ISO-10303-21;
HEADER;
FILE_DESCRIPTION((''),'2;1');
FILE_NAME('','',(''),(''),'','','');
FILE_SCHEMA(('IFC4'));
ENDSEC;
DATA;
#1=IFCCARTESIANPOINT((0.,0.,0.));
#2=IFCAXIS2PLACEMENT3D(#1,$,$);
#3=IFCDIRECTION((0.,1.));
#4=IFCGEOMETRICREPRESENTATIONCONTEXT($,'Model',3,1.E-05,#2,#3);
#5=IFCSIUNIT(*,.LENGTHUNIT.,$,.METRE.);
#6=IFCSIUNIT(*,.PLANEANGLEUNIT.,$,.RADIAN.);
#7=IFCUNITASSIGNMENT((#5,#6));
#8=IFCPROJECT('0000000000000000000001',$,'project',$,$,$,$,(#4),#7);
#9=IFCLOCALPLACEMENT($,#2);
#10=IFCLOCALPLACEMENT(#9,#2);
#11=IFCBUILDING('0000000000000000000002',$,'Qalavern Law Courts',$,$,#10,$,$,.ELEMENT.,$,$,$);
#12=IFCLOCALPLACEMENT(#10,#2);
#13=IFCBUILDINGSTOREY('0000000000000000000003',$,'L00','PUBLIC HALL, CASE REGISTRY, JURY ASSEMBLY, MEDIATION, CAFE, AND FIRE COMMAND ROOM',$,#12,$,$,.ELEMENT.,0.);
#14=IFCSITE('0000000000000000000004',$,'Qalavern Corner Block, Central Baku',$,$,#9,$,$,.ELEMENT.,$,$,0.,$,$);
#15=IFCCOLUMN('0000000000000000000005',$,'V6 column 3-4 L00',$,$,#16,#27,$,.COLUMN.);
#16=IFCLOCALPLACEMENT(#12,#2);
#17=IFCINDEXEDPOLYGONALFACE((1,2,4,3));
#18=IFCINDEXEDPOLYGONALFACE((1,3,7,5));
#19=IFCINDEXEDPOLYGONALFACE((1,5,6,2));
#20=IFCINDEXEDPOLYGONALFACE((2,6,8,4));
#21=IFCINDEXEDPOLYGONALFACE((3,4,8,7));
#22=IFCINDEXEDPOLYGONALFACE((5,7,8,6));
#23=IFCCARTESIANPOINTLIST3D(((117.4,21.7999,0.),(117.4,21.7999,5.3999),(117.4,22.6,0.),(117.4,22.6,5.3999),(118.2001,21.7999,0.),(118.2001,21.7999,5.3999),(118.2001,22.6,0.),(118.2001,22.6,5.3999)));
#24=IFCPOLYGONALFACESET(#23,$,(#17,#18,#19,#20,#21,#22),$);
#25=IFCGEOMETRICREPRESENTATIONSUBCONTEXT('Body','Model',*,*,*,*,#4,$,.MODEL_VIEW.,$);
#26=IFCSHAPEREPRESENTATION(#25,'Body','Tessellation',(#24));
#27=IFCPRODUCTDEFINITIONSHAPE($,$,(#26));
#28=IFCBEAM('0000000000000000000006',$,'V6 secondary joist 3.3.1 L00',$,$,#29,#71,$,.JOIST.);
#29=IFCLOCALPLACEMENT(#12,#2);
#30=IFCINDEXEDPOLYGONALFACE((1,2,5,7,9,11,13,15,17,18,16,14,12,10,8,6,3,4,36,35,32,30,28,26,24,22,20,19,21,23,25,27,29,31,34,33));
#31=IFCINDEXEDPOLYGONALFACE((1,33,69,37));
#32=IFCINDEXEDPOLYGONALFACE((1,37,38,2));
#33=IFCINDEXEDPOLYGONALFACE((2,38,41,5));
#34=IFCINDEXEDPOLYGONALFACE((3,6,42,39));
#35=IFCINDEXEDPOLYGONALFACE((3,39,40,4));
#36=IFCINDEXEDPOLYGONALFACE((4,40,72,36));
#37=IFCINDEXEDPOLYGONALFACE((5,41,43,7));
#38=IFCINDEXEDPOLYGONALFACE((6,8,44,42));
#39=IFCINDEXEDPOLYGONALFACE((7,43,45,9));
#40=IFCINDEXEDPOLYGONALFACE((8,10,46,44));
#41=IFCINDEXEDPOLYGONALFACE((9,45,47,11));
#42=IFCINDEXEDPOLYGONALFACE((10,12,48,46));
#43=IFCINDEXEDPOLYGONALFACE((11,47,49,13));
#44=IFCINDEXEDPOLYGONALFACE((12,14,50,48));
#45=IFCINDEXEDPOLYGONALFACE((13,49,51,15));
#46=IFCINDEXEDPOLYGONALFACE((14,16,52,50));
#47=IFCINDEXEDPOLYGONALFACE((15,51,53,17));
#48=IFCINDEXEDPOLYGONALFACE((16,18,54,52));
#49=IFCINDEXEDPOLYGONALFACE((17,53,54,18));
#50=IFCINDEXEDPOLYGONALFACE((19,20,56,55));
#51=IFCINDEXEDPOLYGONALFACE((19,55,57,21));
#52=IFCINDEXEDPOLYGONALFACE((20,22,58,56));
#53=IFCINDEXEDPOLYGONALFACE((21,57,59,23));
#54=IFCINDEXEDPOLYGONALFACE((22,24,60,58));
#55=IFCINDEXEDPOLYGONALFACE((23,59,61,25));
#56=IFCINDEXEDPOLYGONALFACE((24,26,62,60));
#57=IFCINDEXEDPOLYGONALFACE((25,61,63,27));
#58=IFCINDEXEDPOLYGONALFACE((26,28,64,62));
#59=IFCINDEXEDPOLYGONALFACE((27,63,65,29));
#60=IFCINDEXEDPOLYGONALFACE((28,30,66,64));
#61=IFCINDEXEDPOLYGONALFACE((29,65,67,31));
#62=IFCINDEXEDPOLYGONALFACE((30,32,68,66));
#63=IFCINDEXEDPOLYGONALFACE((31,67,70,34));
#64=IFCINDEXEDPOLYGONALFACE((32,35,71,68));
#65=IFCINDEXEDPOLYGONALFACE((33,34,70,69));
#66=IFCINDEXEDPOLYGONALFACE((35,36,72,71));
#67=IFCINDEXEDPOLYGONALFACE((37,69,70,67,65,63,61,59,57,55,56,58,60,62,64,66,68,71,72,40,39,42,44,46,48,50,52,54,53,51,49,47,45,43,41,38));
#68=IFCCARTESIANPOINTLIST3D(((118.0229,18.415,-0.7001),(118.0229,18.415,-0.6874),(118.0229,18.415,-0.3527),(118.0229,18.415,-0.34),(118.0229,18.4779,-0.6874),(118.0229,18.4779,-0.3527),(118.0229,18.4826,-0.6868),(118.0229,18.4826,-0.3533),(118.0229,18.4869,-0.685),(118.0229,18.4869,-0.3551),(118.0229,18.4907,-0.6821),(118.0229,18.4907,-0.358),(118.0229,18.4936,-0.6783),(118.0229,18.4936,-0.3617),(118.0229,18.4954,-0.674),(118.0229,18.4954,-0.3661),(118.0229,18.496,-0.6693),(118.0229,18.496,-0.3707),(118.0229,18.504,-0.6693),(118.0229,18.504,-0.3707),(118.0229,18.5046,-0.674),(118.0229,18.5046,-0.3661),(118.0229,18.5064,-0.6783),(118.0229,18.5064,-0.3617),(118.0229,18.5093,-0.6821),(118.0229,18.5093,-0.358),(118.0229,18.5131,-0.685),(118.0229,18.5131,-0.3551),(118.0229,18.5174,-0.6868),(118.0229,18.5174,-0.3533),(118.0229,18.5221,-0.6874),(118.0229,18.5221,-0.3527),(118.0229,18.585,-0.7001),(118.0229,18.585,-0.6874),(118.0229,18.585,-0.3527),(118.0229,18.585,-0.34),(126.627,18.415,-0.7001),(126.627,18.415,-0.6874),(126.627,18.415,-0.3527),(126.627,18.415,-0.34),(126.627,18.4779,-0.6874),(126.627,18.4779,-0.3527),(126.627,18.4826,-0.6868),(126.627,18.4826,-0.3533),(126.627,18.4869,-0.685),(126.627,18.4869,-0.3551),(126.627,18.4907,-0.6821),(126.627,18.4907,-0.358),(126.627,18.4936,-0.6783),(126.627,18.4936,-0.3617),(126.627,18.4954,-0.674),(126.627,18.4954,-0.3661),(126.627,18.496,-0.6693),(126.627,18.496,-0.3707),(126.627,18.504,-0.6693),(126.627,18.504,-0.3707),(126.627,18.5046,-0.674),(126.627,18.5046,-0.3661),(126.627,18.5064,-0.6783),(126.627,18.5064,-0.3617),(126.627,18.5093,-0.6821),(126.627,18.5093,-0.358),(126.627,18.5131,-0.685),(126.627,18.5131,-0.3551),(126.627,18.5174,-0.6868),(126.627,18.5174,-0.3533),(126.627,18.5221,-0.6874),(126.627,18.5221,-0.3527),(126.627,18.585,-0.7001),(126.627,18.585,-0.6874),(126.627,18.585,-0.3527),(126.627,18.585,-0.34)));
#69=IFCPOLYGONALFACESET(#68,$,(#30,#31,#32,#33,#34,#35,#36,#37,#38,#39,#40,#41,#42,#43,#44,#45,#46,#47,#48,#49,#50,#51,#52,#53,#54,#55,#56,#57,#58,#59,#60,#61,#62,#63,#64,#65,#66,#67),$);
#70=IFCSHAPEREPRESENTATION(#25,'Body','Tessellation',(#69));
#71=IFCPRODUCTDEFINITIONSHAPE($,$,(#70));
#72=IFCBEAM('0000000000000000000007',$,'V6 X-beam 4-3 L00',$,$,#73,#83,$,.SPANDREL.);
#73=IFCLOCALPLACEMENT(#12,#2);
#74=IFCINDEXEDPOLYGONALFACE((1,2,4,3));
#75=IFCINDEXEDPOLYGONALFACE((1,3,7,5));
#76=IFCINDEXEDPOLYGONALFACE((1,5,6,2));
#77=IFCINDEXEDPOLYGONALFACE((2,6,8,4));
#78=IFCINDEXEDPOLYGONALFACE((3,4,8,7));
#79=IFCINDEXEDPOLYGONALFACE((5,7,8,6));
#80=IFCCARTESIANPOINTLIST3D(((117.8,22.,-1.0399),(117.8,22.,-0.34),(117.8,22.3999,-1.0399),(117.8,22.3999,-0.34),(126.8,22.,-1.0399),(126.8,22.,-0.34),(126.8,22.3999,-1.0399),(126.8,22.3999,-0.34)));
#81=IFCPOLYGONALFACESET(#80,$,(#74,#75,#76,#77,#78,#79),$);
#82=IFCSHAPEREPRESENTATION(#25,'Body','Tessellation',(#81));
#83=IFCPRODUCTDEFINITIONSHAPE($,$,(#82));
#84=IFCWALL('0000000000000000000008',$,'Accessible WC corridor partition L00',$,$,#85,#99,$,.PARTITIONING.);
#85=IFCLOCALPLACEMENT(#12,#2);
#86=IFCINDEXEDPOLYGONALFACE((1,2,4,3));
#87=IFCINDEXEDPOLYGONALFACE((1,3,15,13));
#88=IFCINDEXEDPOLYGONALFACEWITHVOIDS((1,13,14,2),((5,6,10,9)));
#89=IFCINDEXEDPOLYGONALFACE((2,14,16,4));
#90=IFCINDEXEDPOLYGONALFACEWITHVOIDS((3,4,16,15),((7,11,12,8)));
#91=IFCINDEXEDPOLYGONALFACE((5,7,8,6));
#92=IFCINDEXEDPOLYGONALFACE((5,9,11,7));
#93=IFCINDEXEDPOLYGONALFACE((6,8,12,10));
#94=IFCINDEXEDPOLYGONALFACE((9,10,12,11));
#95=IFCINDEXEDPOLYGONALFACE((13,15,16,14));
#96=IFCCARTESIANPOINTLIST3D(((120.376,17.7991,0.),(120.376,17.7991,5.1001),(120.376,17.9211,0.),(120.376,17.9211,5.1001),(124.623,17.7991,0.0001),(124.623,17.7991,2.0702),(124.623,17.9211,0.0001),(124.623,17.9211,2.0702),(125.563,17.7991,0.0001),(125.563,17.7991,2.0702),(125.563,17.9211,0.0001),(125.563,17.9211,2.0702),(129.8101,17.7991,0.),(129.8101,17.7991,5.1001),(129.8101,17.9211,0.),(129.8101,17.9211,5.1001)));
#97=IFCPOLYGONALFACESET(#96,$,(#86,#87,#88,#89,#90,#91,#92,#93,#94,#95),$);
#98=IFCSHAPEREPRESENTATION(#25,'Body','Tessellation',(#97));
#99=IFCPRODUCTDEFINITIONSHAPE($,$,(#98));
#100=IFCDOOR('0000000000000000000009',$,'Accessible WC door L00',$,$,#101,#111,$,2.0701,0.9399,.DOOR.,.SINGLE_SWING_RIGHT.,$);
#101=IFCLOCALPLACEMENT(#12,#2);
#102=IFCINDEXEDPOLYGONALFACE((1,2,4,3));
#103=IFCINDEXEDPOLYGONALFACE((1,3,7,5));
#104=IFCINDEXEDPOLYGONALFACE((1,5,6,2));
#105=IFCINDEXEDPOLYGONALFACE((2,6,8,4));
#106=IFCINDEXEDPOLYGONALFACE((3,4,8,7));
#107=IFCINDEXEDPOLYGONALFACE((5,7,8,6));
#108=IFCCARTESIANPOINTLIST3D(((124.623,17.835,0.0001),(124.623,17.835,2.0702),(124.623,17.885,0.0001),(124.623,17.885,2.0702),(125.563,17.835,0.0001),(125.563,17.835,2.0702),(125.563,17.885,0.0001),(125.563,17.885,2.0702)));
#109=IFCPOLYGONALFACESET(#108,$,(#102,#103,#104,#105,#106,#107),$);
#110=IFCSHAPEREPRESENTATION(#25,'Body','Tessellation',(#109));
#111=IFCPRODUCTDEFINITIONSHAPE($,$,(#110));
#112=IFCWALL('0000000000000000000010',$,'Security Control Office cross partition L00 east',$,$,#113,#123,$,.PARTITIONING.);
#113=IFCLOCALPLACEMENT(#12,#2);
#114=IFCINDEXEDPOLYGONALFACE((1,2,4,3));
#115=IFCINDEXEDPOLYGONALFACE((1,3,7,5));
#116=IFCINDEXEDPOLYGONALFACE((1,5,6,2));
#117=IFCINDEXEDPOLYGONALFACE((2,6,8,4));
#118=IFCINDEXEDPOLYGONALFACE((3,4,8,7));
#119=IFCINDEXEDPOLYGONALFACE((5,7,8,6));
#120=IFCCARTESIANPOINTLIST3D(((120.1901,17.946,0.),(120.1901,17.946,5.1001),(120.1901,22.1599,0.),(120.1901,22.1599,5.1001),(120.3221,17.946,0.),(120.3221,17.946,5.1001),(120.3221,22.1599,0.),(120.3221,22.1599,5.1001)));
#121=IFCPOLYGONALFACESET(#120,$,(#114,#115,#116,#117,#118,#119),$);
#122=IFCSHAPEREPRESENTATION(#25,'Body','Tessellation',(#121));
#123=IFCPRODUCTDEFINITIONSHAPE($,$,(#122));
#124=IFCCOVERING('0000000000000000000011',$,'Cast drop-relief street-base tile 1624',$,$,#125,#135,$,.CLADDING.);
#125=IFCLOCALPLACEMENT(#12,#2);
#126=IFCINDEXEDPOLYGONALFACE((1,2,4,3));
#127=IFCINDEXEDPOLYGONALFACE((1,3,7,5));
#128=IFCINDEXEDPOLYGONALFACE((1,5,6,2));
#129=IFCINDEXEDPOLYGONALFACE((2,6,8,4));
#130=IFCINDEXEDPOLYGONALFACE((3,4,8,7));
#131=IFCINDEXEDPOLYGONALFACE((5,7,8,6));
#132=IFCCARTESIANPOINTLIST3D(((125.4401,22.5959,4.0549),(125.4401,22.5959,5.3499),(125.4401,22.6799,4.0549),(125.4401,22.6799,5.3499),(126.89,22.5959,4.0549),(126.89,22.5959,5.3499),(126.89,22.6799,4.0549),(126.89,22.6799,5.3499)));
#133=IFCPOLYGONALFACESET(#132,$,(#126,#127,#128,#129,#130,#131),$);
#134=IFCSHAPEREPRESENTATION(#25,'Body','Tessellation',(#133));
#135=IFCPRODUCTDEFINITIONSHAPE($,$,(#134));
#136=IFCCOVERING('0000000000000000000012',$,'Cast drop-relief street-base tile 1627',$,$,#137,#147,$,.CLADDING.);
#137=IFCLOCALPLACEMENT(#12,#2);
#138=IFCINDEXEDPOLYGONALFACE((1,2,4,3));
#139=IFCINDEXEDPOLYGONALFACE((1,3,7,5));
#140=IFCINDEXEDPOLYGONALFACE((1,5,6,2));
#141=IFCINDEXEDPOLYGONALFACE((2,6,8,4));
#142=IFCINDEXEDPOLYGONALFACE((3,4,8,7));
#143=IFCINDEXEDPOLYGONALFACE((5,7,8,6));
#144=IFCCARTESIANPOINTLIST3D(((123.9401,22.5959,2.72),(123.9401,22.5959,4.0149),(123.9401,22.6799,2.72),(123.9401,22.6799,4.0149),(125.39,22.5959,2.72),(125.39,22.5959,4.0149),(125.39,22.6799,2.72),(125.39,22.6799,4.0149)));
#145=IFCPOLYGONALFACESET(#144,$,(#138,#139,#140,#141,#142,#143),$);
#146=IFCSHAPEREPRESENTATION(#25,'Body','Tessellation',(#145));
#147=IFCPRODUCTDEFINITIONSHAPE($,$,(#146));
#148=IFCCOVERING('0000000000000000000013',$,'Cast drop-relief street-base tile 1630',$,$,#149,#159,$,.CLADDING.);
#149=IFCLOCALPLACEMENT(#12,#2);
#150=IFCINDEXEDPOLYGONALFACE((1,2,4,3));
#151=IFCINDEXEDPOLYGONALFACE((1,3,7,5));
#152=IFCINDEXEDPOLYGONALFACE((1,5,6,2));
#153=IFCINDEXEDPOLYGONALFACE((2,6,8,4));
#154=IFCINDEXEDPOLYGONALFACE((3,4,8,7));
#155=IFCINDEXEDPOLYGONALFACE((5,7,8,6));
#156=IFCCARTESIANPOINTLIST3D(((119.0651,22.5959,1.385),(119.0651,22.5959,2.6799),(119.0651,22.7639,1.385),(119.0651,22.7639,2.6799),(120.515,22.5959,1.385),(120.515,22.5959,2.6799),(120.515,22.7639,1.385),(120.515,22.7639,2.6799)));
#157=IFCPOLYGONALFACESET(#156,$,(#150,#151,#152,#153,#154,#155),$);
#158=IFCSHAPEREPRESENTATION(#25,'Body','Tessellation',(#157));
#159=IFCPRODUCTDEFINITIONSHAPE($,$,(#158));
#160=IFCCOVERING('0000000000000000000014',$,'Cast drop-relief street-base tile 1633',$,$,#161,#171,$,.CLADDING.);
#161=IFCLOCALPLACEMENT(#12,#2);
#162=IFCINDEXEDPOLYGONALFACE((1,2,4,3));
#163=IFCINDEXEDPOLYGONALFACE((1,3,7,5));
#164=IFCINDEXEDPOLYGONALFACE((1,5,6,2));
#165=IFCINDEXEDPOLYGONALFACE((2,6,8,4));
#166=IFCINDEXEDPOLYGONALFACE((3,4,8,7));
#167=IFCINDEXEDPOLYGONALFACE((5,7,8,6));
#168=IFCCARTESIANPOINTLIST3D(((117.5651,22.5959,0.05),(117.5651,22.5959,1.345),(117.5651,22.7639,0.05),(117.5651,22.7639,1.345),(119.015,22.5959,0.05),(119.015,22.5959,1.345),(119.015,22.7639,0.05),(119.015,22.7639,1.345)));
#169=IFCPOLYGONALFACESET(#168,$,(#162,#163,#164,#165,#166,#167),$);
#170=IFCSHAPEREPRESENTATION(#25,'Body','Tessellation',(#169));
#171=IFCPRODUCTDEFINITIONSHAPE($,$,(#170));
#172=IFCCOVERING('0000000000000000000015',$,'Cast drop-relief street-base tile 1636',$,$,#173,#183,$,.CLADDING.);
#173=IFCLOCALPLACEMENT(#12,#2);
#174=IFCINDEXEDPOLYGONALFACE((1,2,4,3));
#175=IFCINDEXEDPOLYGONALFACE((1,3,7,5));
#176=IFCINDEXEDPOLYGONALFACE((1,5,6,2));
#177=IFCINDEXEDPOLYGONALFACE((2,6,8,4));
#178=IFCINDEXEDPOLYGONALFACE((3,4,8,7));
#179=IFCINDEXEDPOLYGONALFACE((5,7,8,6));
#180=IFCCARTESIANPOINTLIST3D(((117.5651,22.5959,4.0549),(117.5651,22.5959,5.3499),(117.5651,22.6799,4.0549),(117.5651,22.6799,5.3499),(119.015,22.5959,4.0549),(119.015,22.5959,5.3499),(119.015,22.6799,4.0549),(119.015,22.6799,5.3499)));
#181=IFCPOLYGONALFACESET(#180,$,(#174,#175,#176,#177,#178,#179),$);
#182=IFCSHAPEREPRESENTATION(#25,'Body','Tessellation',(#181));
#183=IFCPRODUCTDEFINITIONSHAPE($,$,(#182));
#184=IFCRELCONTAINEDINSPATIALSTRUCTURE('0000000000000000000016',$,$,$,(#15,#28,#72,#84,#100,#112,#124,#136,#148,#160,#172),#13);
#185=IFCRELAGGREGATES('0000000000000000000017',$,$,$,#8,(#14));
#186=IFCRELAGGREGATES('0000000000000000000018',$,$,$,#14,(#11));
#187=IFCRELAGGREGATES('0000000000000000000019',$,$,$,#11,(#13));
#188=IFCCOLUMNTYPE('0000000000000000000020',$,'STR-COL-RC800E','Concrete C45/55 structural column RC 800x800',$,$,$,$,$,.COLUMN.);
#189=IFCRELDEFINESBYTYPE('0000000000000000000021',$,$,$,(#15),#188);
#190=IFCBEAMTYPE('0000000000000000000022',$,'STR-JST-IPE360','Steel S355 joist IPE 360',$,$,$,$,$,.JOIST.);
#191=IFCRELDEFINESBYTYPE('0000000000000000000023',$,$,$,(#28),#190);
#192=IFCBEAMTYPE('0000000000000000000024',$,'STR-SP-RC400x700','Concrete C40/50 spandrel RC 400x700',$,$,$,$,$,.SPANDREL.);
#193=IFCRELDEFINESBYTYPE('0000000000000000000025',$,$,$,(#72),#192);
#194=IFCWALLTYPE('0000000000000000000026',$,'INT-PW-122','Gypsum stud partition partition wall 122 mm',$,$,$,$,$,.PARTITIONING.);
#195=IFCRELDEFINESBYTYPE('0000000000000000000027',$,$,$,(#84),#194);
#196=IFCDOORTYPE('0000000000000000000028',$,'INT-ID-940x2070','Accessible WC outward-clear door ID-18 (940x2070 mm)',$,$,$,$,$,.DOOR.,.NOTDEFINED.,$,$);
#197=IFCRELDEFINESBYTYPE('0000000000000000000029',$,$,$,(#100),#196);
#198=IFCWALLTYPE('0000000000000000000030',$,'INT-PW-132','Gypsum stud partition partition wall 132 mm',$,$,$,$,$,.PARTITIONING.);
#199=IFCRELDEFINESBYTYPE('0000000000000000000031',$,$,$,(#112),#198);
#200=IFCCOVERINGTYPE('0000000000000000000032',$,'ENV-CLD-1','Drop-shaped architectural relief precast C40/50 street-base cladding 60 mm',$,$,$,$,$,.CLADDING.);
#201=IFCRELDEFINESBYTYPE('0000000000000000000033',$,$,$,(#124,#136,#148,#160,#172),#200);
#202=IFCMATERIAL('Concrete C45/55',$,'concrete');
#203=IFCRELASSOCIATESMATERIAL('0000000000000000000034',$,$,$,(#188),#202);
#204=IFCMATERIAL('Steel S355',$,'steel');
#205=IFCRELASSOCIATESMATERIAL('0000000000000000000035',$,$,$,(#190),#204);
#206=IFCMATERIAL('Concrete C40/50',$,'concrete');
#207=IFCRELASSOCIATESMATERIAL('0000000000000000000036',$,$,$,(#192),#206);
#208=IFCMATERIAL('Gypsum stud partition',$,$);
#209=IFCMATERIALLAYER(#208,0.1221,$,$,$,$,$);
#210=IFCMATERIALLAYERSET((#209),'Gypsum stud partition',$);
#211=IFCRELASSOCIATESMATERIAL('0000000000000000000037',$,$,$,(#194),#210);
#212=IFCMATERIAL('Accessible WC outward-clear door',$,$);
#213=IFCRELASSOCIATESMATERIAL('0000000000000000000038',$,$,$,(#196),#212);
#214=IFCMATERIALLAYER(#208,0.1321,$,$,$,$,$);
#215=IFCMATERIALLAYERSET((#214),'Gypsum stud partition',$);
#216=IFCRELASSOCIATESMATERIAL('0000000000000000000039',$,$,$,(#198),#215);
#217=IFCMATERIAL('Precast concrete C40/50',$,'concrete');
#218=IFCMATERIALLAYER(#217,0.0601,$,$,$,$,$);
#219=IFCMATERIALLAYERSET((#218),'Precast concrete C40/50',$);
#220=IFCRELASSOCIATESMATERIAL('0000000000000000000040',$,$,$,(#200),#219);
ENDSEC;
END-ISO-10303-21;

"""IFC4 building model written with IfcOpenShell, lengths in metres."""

from ifc_helpers import new_model, si_unit, direction, frame, frame_2d, origin, origin_2d, place, context, subcontext, project, spatial, rectangle, i_section, extrude, material, layer, layer_set, material_profile, profile_set, type_object, element, fill, save


model = new_model("IFC4")

# Units and contexts
model_context = context("Model", 3, precision=1e-05, world=origin(), true_north=direction((0.0, 1.0)))
body_context = subcontext(model_context, "Body", "Model", "MODEL_VIEW")
ifc_project = project(units=[si_unit("LENGTHUNIT", "METRE"), si_unit("PLANEANGLEUNIT", "RADIAN")], contexts=[model_context])

# Site, building, storey
site_placement = place(None, origin())
site = spatial("IfcSite", under=ifc_project, at=site_placement, Name="Qalavern Corner Block, Central Baku", CompositionType="ELEMENT", RefElevation=0.0)
building_placement = place(site_placement, origin())
building = spatial("IfcBuilding", under=site, at=building_placement, Name="Qalavern Law Courts", CompositionType="ELEMENT")
storey_placement = place(building_placement, origin())
storey = spatial("IfcBuildingStorey", under=building, at=storey_placement, Name="L00", Description="PUBLIC HALL, CASE REGISTRY, JURY ASSEMBLY, MEDIATION, CAFE, AND FIRE COMMAND ROOM", CompositionType="ELEMENT", Elevation=0.0)

# Column
ifc_material_1 = material(Name="Concrete C45/55", Category="concrete")
ifc_material_profile_1 = material_profile(ifc_material_1, rectangle(XDim=0.8, YDim=0.8, at=origin_2d()), Name="RC 800x800")
ifc_profile_set_1 = profile_set([ifc_material_profile_1], Name="Concrete C45/55")
column_type = type_object("IfcColumnType", Name="STR-COL-RC800E", Description="Concrete C45/55 structural column RC 800x800", PredefinedType="COLUMN", material=ifc_profile_set_1)
column_placement = place(storey_placement, frame((117.8, 22.2, 0.0), z_axis=(0.0, 0.0, 1.0), x_axis=(1.0, 0.0, 0.0)))
element("IfcColumn", 1, at=column_placement, inside=storey, type_object=column_type, Name="V6 column 3-4 L00", PredefinedType="COLUMN", context=body_context, shape_type="SweptSolid", body=[
    extrude(rectangle(XDim=0.8, YDim=0.8, at=origin_2d()), origin(), (0.0, 0.0, 1.0), 5.3999),
])

# Beams
ifc_material_2 = material(Name="Steel S355", Category="steel")
ifc_material_profile_2 = material_profile(ifc_material_2, i_section(OverallWidth=0.1699, OverallDepth=0.3601, WebThickness=0.0081, FlangeThickness=0.0127, FilletRadius=0.0181, at=origin_2d()), Name="IPE 360")
ifc_profile_set_2 = profile_set([ifc_material_profile_2], Name="Steel S355")
beam_type_1 = type_object("IfcBeamType", Name="STR-JST-IPE360", Description="Steel S355 joist IPE 360", PredefinedType="JOIST", material=ifc_profile_set_2)
beam_1_placement = place(storey_placement, frame((118.0229, 18.5, -0.52), z_axis=(1.0, 0.0, 0.0), x_axis=(0.0, 1.0, 0.0)))
element("IfcBeam", 2, at=beam_1_placement, inside=storey, type_object=beam_type_1, Name="V6 secondary joist 3.3.1 L00", PredefinedType="JOIST", context=body_context, shape_type="SweptSolid", body=[
    extrude(i_section(OverallWidth=0.1699, OverallDepth=0.3601, WebThickness=0.0081, FlangeThickness=0.0127, FilletRadius=0.0181, at=origin_2d()), origin(), (0.0, 0.0, 1.0), 8.604),
])
ifc_material_3 = material(Name="Concrete C40/50", Category="concrete")
ifc_material_profile_3 = material_profile(ifc_material_3, rectangle(XDim=0.3999, YDim=0.7, at=origin_2d()), Name="RC 400x700")
ifc_profile_set_3 = profile_set([ifc_material_profile_3], Name="Concrete C40/50")
beam_type_2 = type_object("IfcBeamType", Name="STR-SP-RC400x700", Description="Concrete C40/50 spandrel RC 400x700", PredefinedType="SPANDREL", material=ifc_profile_set_3)
beam_2_placement = place(storey_placement, frame((117.8, 22.2, -0.6899), z_axis=(1.0, 0.0, 0.0), x_axis=(0.0, 1.0, 0.0)))
element("IfcBeam", 3, at=beam_2_placement, inside=storey, type_object=beam_type_2, Name="V6 X-beam 4-3 L00", PredefinedType="SPANDREL", context=body_context, shape_type="SweptSolid", body=[
    extrude(rectangle(XDim=0.3999, YDim=0.7, at=origin_2d()), origin(), (0.0, 0.0, 1.0), 9.0),
])

# Wall, opening, door
ifc_material_4 = material(Name="Gypsum stud partition")
ifc_layer_1 = layer(ifc_material_4, 0.1221)
ifc_layer_set_1 = layer_set([ifc_layer_1], Name="Gypsum stud partition")
wall_type_1 = type_object("IfcWallType", Name="INT-PW-122", Description="Gypsum stud partition partition wall 122 mm", PredefinedType="PARTITIONING", material=ifc_layer_set_1)
wall_1_placement = place(storey_placement, frame((120.376, 17.8601, 0.0), z_axis=(0.0, 0.0, 1.0), x_axis=(1.0, 0.0, 0.0)))
wall_1 = element("IfcWall", 4, at=wall_1_placement, inside=storey, type_object=wall_type_1, Name="Accessible WC corridor partition L00", PredefinedType="PARTITIONING", context=body_context, shape_type="SweptSolid", body=[
    extrude(rectangle(XDim=9.4341, YDim=0.1221, at=frame_2d((4.717, 0.0))), origin(), (0.0, 0.0, 1.0), 5.1001),
])
opening_placement = place(wall_1_placement, frame((4.2471, 0.0, 0.0)))
opening = element("IfcOpeningElement", 5, at=opening_placement, cuts=wall_1, PredefinedType="OPENING", context=body_context, shape_type="SweptSolid", body=[
    extrude(rectangle(XDim=0.9399, YDim=2.0701, at=frame_2d((0.47, 1.0352))), frame((0.0, 0.0759, 0.0), z_axis=(0.0, -1.0, 0.0), x_axis=(1.0, 0.0, 0.0)), (0.0, 0.0, 1.0), 0.1519),
])
ifc_material_5 = material(Name="Accessible WC outward-clear door")
door_type = type_object("IfcDoorType", Name="INT-ID-940x2070", Description="Accessible WC outward-clear door ID-18 (940x2070 mm)", OperationType="NOTDEFINED", PredefinedType="DOOR", material=ifc_material_5)
door_placement = place(opening_placement, origin())
door = element("IfcDoor", 6, at=door_placement, inside=storey, type_object=door_type, Name="Accessible WC door L00", OperationType="SINGLE_SWING_RIGHT", OverallHeight=2.0701, OverallWidth=0.9399, PredefinedType="DOOR", context=body_context, shape_type="SweptSolid", body=[
    extrude(rectangle(XDim=0.9399, YDim=2.0701, at=frame_2d((0.47, 1.0352))), frame((0.0, 0.0249, 0.0), z_axis=(0.0, -1.0, 0.0), x_axis=(1.0, 0.0, 0.0)), (0.0, 0.0, 1.0), 0.05),
])
fill(opening, door)

# Wall
ifc_layer_2 = layer(ifc_material_4, 0.1321)
ifc_layer_set_2 = layer_set([ifc_layer_2], Name="Gypsum stud partition")
wall_type_2 = type_object("IfcWallType", Name="INT-PW-132", Description="Gypsum stud partition partition wall 132 mm", PredefinedType="PARTITIONING", material=ifc_layer_set_2)
wall_2_placement = place(storey_placement, frame((120.2561, 17.946, 0.0), z_axis=(0.0, 0.0, 1.0), x_axis=(0.0, 1.0, 0.0)))
element("IfcWall", 7, at=wall_2_placement, inside=storey, type_object=wall_type_2, Name="Security Control Office cross partition L00 east", PredefinedType="PARTITIONING", context=body_context, shape_type="SweptSolid", body=[
    extrude(rectangle(XDim=4.2139, YDim=0.1321, at=frame_2d((2.1069, 0.0))), origin(), (0.0, 0.0, 1.0), 5.1001),
])

# Coverings
ifc_material_6 = material(Name="Precast concrete C40/50", Category="concrete")
ifc_layer_3 = layer(ifc_material_6, 0.0601)
ifc_layer_set_3 = layer_set([ifc_layer_3], Name="Precast concrete C40/50")
covering_type_1 = type_object("IfcCoveringType", Name="ENV-CLD-1", Description="Drop-shaped architectural relief precast C40/50 street-base cladding 60 mm", PredefinedType="CLADDING", material=ifc_layer_set_3)
for number, where, z_axis, x_axis, name in (
    (8, (126.165, 22.6379, 4.0549), (0.0, 0.0, 1.0), (-1.0, 0.0, 0.0), "Cast drop-relief street-base tile 1624"),
    (9, (124.665, 22.6379, 2.72), (0.0, 0.0, 1.0), (-1.0, 0.0, 0.0), "Cast drop-relief street-base tile 1627"),
):
    element("IfcCovering", number, at=place(storey_placement, frame(where, z_axis=z_axis, x_axis=x_axis)), inside=storey, type_object=covering_type_1, Name=name, PredefinedType="CLADDING", context=body_context, shape_type="SweptSolid", body=[
        extrude(rectangle(XDim=1.45, YDim=0.084, at=origin_2d()), origin(), (0.0, 0.0, 1.0), 1.2949),
    ])
for number, where, z_axis, x_axis, name in (
    (10, (119.79, 22.6799, 1.385), (0.0, 0.0, 1.0), (-1.0, 0.0, 0.0), "Cast drop-relief street-base tile 1630"),
    (11, (118.29, 22.6799, 0.05), (0.0, 0.0, 1.0), (-1.0, 0.0, 0.0), "Cast drop-relief street-base tile 1633"),
):
    element("IfcCovering", number, at=place(storey_placement, frame(where, z_axis=z_axis, x_axis=x_axis)), inside=storey, type_object=covering_type_1, Name=name, PredefinedType="CLADDING", context=body_context, shape_type="SweptSolid", body=[
        extrude(rectangle(XDim=1.45, YDim=0.168, at=origin_2d()), origin(), (0.0, 0.0, 1.0), 1.2949),
    ])
covering_1_placement = place(storey_placement, frame((118.29, 22.6379, 4.0549), z_axis=(0.0, 0.0, 1.0), x_axis=(-1.0, 0.0, 0.0)))
element("IfcCovering", 12, at=covering_1_placement, inside=storey, type_object=covering_type_1, Name="Cast drop-relief street-base tile 1636", PredefinedType="CLADDING", context=body_context, shape_type="SweptSolid", body=[
    extrude(rectangle(XDim=1.45, YDim=0.084, at=origin_2d()), origin(), (0.0, 0.0, 1.0), 1.2949),
])

save(model, "model.ifc")
